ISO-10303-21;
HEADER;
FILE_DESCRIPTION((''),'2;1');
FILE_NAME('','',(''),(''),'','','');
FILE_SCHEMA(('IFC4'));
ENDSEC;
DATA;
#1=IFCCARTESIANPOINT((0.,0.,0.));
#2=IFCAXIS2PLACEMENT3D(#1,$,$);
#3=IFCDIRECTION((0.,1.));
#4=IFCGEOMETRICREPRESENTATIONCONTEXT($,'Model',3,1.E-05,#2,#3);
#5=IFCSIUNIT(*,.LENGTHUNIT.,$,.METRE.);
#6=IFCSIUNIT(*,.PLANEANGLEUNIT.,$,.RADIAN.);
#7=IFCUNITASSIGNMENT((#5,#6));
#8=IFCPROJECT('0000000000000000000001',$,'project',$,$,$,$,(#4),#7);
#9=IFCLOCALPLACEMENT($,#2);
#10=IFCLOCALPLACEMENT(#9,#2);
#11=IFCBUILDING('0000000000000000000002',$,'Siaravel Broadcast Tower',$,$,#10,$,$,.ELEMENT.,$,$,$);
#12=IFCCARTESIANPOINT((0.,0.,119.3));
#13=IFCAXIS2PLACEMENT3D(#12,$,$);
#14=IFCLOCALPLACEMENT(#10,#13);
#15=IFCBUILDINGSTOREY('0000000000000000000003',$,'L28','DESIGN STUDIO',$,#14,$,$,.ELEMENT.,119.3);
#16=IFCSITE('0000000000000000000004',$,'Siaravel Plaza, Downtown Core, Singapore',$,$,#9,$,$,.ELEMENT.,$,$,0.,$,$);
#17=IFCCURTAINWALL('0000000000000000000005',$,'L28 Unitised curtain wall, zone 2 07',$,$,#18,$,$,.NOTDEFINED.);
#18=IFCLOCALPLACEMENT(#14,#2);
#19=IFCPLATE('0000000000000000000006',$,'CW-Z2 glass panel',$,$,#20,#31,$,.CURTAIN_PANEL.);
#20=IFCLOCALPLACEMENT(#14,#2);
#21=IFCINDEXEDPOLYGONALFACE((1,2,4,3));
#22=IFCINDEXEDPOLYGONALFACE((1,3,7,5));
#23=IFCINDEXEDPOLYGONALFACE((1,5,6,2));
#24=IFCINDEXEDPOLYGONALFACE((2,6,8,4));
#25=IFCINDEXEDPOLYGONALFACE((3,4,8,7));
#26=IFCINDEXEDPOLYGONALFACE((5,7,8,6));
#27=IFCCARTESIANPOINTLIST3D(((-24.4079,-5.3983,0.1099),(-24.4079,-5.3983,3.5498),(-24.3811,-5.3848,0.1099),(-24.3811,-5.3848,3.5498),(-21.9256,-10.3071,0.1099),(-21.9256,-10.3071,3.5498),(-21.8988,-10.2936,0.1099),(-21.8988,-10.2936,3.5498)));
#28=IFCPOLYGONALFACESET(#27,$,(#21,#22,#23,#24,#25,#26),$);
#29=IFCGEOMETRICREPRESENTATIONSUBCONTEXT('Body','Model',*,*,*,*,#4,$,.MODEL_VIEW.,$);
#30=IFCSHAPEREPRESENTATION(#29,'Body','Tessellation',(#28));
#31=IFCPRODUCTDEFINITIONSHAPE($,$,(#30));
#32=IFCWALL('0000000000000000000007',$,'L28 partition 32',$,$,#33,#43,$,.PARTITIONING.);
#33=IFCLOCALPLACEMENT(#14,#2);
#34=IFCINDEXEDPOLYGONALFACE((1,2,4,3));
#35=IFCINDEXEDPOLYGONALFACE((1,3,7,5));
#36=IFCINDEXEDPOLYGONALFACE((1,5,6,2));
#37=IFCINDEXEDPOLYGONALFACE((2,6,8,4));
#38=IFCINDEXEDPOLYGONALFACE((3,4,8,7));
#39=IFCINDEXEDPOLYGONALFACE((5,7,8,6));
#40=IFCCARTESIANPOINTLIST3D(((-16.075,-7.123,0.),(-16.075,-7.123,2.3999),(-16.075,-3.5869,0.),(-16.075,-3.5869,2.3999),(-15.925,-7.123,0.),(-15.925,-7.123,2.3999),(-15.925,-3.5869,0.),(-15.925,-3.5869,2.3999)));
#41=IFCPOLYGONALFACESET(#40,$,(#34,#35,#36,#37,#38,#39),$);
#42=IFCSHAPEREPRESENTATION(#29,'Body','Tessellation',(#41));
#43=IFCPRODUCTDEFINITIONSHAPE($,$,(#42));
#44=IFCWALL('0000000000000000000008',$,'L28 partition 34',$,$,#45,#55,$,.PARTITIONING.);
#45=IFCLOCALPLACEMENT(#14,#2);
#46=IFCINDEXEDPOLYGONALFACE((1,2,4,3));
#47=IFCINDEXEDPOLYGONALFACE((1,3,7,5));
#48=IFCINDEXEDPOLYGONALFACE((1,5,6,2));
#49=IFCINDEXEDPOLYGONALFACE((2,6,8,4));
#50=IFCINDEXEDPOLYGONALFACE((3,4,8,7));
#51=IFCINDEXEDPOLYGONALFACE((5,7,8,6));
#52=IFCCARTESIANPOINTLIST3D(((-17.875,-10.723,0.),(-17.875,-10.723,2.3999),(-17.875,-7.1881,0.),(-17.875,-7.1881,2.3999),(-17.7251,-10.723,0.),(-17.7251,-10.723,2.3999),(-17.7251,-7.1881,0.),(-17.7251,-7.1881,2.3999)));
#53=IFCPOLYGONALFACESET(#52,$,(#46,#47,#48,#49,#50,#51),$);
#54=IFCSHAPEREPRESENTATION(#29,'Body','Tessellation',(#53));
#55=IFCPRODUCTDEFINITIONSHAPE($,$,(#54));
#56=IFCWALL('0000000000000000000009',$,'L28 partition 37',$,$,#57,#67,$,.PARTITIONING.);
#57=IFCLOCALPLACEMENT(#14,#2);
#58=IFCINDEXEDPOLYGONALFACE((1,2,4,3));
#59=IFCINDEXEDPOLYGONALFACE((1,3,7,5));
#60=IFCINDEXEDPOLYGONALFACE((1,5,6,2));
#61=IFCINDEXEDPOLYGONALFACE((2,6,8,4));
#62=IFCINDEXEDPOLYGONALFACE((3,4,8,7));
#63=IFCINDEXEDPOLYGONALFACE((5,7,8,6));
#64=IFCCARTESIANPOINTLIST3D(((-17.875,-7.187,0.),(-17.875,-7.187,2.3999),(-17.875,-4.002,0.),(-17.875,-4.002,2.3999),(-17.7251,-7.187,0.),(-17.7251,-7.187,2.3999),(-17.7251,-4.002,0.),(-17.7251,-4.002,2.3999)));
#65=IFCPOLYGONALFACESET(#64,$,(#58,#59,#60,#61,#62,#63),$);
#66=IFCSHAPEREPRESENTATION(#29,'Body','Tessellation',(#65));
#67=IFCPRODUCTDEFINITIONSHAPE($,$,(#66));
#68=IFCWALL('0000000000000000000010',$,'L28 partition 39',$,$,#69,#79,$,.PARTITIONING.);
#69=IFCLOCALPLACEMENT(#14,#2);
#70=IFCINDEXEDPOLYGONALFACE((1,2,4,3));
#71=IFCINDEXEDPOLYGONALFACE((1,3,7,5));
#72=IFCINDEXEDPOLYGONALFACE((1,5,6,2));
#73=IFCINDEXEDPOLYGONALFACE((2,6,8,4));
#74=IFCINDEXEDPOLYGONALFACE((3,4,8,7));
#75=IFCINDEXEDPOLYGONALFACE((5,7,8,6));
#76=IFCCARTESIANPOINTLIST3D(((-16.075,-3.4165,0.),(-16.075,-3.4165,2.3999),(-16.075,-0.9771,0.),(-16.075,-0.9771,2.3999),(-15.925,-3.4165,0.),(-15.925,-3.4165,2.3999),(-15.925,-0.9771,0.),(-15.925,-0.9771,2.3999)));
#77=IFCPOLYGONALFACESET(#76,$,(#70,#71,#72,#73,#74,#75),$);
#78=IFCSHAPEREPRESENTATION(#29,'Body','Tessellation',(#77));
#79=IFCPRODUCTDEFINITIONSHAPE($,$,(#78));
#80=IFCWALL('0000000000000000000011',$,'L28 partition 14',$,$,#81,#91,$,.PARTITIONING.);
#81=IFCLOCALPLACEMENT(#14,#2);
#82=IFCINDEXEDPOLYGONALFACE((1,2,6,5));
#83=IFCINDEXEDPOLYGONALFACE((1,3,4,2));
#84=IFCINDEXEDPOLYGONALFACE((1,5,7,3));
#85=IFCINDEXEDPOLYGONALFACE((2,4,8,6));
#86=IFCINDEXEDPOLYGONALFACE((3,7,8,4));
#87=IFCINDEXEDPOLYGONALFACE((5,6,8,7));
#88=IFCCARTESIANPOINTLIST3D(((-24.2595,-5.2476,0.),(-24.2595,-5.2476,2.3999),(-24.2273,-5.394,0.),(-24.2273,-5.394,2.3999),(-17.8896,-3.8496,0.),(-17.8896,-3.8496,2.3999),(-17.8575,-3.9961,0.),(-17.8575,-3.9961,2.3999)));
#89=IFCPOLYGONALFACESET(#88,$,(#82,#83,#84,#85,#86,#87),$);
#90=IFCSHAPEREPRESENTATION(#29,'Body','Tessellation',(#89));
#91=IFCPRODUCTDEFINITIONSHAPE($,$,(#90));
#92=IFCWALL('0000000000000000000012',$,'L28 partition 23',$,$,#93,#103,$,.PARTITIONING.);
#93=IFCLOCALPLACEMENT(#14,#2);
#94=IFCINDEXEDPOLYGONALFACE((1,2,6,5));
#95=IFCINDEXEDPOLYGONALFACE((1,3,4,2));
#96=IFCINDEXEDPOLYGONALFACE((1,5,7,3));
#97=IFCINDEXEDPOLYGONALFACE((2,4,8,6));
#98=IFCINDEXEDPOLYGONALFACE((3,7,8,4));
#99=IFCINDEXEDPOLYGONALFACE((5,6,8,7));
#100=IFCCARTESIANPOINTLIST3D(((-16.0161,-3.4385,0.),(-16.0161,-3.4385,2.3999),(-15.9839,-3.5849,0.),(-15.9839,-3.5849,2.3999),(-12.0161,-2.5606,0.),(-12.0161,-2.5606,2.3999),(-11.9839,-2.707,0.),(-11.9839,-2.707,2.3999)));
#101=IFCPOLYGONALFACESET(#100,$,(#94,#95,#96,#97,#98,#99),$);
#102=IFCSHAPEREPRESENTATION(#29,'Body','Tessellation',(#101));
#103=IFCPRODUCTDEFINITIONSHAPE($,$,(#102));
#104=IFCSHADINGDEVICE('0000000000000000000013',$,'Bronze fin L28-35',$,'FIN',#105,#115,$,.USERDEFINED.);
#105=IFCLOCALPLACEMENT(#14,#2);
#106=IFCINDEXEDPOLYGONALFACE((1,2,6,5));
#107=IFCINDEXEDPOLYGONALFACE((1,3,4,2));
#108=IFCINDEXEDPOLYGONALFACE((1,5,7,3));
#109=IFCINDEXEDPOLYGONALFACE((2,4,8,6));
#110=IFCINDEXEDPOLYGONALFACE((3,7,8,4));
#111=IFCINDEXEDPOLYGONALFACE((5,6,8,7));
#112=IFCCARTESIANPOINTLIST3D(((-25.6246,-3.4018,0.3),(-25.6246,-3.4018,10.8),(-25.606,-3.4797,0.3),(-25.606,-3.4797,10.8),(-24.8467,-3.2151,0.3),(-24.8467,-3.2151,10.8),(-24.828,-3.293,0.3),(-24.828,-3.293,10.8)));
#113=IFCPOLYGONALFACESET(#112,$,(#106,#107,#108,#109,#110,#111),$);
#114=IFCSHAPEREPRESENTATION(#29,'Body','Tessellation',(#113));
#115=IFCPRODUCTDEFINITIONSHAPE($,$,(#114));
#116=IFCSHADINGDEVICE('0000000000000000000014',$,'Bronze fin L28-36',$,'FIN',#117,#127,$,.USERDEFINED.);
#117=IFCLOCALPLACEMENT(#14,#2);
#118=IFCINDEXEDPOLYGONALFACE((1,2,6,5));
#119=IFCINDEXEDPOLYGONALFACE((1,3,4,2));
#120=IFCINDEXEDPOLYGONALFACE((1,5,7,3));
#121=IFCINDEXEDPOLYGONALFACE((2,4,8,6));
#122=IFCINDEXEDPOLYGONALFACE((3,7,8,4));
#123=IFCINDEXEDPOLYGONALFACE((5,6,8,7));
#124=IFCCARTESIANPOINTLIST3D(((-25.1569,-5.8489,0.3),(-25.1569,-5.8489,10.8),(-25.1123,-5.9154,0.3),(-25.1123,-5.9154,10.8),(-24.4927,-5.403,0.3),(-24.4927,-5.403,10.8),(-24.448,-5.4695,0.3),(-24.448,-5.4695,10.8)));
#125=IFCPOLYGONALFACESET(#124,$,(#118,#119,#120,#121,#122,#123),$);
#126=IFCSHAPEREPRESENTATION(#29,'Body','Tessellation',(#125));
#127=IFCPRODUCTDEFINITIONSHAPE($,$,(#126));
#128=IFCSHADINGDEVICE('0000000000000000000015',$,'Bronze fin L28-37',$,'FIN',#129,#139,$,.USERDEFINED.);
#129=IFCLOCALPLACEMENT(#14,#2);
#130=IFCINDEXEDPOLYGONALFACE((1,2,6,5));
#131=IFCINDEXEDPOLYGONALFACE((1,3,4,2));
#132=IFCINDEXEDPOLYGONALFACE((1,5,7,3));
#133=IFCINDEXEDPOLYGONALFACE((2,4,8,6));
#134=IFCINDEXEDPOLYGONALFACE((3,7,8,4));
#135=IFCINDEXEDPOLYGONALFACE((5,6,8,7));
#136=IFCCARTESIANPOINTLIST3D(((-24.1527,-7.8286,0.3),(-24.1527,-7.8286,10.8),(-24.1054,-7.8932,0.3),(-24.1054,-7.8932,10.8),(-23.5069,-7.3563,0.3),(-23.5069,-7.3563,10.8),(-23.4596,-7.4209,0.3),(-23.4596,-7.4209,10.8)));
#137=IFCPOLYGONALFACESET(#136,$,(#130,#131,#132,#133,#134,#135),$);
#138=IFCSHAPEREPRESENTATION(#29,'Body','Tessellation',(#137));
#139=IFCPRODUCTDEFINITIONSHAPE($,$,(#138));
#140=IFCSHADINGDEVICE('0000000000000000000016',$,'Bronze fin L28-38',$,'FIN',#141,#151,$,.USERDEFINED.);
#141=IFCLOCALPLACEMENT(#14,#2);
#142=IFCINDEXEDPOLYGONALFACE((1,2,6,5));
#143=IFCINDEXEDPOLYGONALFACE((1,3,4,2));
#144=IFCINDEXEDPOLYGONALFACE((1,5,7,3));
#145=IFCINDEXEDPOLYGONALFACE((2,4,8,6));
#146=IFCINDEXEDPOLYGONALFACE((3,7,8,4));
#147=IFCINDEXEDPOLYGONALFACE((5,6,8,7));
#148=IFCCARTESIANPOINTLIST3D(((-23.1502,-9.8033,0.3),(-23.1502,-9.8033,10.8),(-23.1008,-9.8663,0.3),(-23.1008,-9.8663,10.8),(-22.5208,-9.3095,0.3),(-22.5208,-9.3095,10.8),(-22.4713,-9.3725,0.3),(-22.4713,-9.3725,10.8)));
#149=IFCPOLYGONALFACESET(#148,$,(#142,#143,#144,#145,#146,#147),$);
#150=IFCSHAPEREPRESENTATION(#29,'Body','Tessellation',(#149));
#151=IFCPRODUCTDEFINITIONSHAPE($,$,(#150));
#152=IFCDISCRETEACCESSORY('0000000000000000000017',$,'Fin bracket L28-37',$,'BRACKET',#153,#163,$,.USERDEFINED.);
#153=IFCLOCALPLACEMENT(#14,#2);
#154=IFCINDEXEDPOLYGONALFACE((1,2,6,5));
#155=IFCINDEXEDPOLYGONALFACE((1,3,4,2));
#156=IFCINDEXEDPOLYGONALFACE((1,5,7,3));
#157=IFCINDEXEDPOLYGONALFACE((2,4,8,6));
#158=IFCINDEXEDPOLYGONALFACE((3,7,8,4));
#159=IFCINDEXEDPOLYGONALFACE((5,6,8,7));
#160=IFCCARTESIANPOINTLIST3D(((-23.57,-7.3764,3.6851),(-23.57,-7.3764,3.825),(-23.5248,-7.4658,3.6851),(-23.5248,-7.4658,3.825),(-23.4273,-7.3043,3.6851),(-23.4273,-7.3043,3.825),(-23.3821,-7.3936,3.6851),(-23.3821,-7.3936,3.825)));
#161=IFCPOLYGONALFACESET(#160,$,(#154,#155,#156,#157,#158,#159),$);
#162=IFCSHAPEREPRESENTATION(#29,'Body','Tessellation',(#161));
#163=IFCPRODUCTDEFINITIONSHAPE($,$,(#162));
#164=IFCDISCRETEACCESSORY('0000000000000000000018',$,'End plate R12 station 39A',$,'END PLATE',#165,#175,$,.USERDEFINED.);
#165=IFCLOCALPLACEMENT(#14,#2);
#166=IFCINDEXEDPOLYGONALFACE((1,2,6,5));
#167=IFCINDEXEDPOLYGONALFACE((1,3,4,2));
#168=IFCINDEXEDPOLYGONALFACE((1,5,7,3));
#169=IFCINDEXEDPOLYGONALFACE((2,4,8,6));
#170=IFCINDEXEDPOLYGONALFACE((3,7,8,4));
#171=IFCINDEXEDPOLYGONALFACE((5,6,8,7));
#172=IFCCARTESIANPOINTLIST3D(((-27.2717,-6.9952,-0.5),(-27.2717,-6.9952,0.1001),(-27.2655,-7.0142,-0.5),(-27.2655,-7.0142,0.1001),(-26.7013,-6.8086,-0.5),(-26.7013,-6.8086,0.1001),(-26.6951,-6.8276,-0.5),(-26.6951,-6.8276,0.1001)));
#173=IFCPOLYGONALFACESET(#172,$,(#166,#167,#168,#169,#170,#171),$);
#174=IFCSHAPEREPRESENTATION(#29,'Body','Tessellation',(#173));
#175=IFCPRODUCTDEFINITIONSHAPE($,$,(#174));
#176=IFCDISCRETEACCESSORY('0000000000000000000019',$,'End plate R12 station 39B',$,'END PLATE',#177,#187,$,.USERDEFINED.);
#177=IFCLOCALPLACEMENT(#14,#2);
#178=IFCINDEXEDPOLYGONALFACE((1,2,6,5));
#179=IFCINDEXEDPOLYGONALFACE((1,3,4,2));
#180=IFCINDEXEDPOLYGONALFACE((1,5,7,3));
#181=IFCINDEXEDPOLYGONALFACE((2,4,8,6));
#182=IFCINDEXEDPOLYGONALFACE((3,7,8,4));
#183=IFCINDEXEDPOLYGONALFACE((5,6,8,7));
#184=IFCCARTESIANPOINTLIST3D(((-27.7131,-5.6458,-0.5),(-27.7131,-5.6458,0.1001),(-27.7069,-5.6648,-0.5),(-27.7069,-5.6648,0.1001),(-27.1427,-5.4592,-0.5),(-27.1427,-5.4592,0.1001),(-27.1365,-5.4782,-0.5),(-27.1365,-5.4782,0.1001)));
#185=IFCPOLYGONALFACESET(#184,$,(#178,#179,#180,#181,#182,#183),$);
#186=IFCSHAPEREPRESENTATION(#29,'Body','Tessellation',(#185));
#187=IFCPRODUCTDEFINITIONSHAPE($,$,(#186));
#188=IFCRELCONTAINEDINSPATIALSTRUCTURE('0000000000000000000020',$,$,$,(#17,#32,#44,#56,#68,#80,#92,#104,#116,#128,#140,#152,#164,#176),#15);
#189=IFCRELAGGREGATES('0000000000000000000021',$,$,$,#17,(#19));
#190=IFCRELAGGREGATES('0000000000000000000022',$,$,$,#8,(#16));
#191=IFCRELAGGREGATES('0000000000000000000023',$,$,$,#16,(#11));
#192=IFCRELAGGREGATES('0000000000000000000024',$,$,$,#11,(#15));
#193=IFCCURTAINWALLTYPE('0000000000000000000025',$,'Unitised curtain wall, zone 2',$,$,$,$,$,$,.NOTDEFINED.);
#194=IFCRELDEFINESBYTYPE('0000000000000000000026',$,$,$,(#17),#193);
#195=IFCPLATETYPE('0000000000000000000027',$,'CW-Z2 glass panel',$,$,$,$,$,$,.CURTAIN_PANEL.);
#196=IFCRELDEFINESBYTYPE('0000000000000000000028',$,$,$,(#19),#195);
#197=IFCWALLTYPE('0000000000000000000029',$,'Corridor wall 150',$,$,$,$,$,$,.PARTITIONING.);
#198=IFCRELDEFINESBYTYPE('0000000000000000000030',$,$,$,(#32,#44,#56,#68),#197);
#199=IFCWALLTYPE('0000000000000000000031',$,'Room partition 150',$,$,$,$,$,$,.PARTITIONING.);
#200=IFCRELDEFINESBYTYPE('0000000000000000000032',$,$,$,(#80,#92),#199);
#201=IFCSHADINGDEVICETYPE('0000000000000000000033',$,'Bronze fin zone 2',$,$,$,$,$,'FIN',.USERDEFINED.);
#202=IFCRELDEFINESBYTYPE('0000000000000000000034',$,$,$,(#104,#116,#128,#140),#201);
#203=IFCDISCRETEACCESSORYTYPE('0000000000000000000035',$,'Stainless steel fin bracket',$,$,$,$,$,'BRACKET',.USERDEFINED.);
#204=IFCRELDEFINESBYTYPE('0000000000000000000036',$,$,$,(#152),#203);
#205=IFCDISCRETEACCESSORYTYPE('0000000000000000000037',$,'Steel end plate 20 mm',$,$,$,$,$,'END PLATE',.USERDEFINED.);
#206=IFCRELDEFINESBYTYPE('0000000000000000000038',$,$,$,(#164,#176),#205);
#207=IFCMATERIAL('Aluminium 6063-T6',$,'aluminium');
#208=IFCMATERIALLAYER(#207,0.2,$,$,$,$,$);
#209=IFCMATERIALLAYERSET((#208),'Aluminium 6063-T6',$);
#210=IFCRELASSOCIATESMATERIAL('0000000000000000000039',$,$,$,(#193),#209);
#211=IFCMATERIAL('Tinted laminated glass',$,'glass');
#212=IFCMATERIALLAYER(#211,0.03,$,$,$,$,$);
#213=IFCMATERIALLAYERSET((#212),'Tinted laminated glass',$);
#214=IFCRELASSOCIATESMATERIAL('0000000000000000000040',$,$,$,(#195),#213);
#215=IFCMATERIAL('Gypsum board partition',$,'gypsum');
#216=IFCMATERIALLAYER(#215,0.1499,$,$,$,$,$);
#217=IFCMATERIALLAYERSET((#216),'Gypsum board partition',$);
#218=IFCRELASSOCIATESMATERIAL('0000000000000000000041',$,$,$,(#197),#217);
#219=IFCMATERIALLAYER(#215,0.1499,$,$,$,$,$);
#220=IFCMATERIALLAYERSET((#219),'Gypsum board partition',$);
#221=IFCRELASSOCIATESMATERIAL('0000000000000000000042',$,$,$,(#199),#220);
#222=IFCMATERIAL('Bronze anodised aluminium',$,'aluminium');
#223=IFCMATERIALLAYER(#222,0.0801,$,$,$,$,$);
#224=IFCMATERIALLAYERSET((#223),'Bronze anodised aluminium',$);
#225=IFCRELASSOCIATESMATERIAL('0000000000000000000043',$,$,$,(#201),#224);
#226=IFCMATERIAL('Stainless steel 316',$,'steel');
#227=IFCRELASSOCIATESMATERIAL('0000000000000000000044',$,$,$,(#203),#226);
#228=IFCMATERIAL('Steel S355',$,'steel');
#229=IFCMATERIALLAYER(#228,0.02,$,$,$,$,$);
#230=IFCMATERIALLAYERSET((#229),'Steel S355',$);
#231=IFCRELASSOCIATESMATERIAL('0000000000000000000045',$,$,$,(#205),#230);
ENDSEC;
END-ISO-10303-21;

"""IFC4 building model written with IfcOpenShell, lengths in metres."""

from ifc_helpers import new_model, si_unit, direction, frame, frame_2d, origin, origin_2d, place, context, subcontext, project, spatial, rectangle, extrude, material, layer, layer_set, type_object, element, aggregate, save


model = new_model("IFC4")

# Units and contexts
model_context = context("Model", 3, precision=1e-05, world=origin(), true_north=direction((0.0, 1.0)))
body_context = subcontext(model_context, "Body", "Model", "MODEL_VIEW")
ifc_project = project(units=[si_unit("LENGTHUNIT", "METRE"), si_unit("PLANEANGLEUNIT", "RADIAN")], contexts=[model_context])

# Site, building, storey
site_placement = place(None, origin())
site = spatial("IfcSite", under=ifc_project, at=site_placement, Name="Siaravel Plaza, Downtown Core, Singapore", CompositionType="ELEMENT", RefElevation=0.0)
building_placement = place(site_placement, origin())
building = spatial("IfcBuilding", under=site, at=building_placement, Name="Siaravel Broadcast Tower", CompositionType="ELEMENT")
storey_placement = place(building_placement, frame((0.0, 0.0, 119.3)))
storey = spatial("IfcBuildingStorey", under=building, at=storey_placement, Name="L28", Description="DESIGN STUDIO", CompositionType="ELEMENT", Elevation=119.3)

# Shared definitions
ifc_material_1 = material(Name="Steel S355", Category="steel")

# Curtain wall
ifc_material_2 = material(Name="Aluminium 6063-T6", Category="aluminium")
ifc_layer_1 = layer(ifc_material_2, 0.2)
ifc_layer_set_1 = layer_set([ifc_layer_1], Name="Aluminium 6063-T6")
curtain_wall_type = type_object("IfcCurtainWallType", Name="Unitised curtain wall, zone 2", PredefinedType="NOTDEFINED", material=ifc_layer_set_1)
curtain_wall_placement = place(storey_placement, origin())
curtain_wall = element("IfcCurtainWall", 1, at=curtain_wall_placement, inside=storey, type_object=curtain_wall_type, Name="L28 Unitised curtain wall, zone 2 07", PredefinedType="NOTDEFINED")

# Plate
ifc_material_3 = material(Name="Tinted laminated glass", Category="glass")
ifc_layer_2 = layer(ifc_material_3, 0.03)
ifc_layer_set_2 = layer_set([ifc_layer_2], Name="Tinted laminated glass")
plate_type = type_object("IfcPlateType", Name="CW-Z2 glass panel", PredefinedType="CURTAIN_PANEL", material=ifc_layer_set_2)
plate_1_placement = place(storey_placement, frame((-23.1533, -7.8459, 0.1099), z_axis=(0.0, 0.0, 1.0), x_axis=(0.451261, -0.892392, 0.0)))
plate_1 = element("IfcPlate", 2, at=plate_1_placement, type_object=plate_type, Name="CW-Z2 glass panel", PredefinedType="CURTAIN_PANEL", context=body_context, shape_type="SweptSolid", body=[
    extrude(rectangle(XDim=5.5007, YDim=0.03, at=origin_2d()), origin(), (0.0, 0.0, 1.0), 3.4399),
])
aggregate(curtain_wall, [plate_1])

# Walls
ifc_material_4 = material(Name="Gypsum board partition", Category="gypsum")
ifc_layer_3 = layer(ifc_material_4, 0.1499)
ifc_layer_set_3 = layer_set([ifc_layer_3], Name="Gypsum board partition")
wall_type_1 = type_object("IfcWallType", Name="Corridor wall 150", PredefinedType="PARTITIONING", material=ifc_layer_set_3)
wall_1_placement = place(storey_placement, frame((-16.0, -7.123, 0.0), z_axis=(0.0, 0.0, 1.0), x_axis=(0.0, 1.0, 0.0)))
element("IfcWall", 3, at=wall_1_placement, inside=storey, type_object=wall_type_1, Name="L28 partition 32", PredefinedType="PARTITIONING", context=body_context, shape_type="SweptSolid", body=[
    extrude(rectangle(XDim=3.5361, YDim=0.1499, at=frame_2d((1.7681, 0.0))), origin(), (0.0, 0.0, 1.0), 2.3999),
])
wall_2_placement = place(storey_placement, frame((-17.8, -7.188, 0.0), z_axis=(0.0, 0.0, 1.0), x_axis=(0.0, -1.0, 0.0)))
element("IfcWall", 4, at=wall_2_placement, inside=storey, type_object=wall_type_1, Name="L28 partition 34", PredefinedType="PARTITIONING", context=body_context, shape_type="SweptSolid", body=[
    extrude(rectangle(XDim=3.5349, YDim=0.1499, at=frame_2d((1.7676, 0.0))), origin(), (0.0, 0.0, 1.0), 2.3999),
])
wall_3_placement = place(storey_placement, frame((-17.8, -4.002, 0.0), z_axis=(0.0, 0.0, 1.0), x_axis=(0.0, -1.0, 0.0)))
element("IfcWall", 5, at=wall_3_placement, inside=storey, type_object=wall_type_1, Name="L28 partition 37", PredefinedType="PARTITIONING", context=body_context, shape_type="SweptSolid", body=[
    extrude(rectangle(XDim=3.1851, YDim=0.1499, at=frame_2d((1.5925, 0.0))), origin(), (0.0, 0.0, 1.0), 2.3999),
])
wall_4_placement = place(storey_placement, frame((-16.0, -3.4165, 0.0), z_axis=(0.0, 0.0, 1.0), x_axis=(0.0, 1.0, 0.0)))
element("IfcWall", 6, at=wall_4_placement, inside=storey, type_object=wall_type_1, Name="L28 partition 39", PredefinedType="PARTITIONING", context=body_context, shape_type="SweptSolid", body=[
    extrude(rectangle(XDim=2.4395, YDim=0.1499, at=frame_2d((1.2197, 0.0))), origin(), (0.0, 0.0, 1.0), 2.3999),
])
ifc_layer_4 = layer(ifc_material_4, 0.1499)
ifc_layer_set_4 = layer_set([ifc_layer_4], Name="Gypsum board partition")
wall_type_2 = type_object("IfcWallType", Name="Room partition 150", PredefinedType="PARTITIONING", material=ifc_layer_set_4)
wall_5_placement = place(storey_placement, frame((-24.2434, -5.3208, 0.0), z_axis=(0.0, 0.0, 1.0), x_axis=(0.976754, 0.214361, 0.0)))
element("IfcWall", 7, at=wall_5_placement, inside=storey, type_object=wall_type_2, Name="L28 partition 14", PredefinedType="PARTITIONING", context=body_context, shape_type="SweptSolid", body=[
    extrude(rectangle(XDim=6.5215, YDim=0.1499, at=frame_2d((3.2607, 0.0))), origin(), (0.0, 0.0, 1.0), 2.3999),
])
wall_6_placement = place(storey_placement, frame((-16.0, -3.5117, 0.0), z_axis=(0.0, 0.0, 1.0), x_axis=(0.97675, 0.21438, 0.0)))
element("IfcWall", 8, at=wall_6_placement, inside=storey, type_object=wall_type_2, Name="L28 partition 23", PredefinedType="PARTITIONING", context=body_context, shape_type="SweptSolid", body=[
    extrude(rectangle(XDim=4.0952, YDim=0.1499, at=frame_2d((2.0476, 0.0))), origin(), (0.0, 0.0, 1.0), 2.3999),
])

# Shading devices
ifc_material_5 = material(Name="Bronze anodised aluminium", Category="aluminium")
ifc_layer_5 = layer(ifc_material_5, 0.0801)
ifc_layer_set_5 = layer_set([ifc_layer_5], Name="Bronze anodised aluminium")
shading_device_type = type_object("IfcShadingDeviceType", Name="Bronze fin zone 2", ElementType="FIN", PredefinedType="USERDEFINED", material=ifc_layer_set_5)
for number, where, z_axis, x_axis, name in (
    (9, (-25.2263, -3.3474, 0.3), (0.0, 0.0, 1.0), (-0.972394, -0.233345, 0.0), "Bronze fin L28-35"),
    (10, (-24.8025, -5.6592, 0.3), (0.0, 0.0, 1.0), (-0.830273, -0.557357, 0.0), "Bronze fin L28-36"),
    (11, (-23.8062, -7.6248, 0.3), (0.0, 0.0, 1.0), (-0.807138, -0.590363, 0.0), "Bronze fin L28-37"),
    (12, (-22.8108, -9.5879, 0.3), (0.0, 0.0, 1.0), (-0.78681, -0.617195, 0.0), "Bronze fin L28-38"),
):
    element("IfcShadingDevice", number, at=place(storey_placement, frame(where, z_axis=z_axis, x_axis=x_axis)), inside=storey, type_object=shading_device_type, Name=name, ObjectType="FIN", PredefinedType="USERDEFINED", context=body_context, shape_type="SweptSolid", body=[
        extrude(rectangle(XDim=0.8, YDim=0.0801, at=origin_2d()), origin(), (0.0, 0.0, 1.0), 10.5),
    ])

# Discrete accessories
ifc_material_6 = material(Name="Stainless steel 316", Category="steel")
discrete_accessory_type_1 = type_object("IfcDiscreteAccessoryType", Name="Stainless steel fin bracket", ElementType="BRACKET", PredefinedType="USERDEFINED", material=ifc_material_6)
discrete_accessory_placement = place(storey_placement, frame((-23.4761, -7.385, 3.6851), z_axis=(0.0, 0.0, 1.0), x_axis=(-0.892392, -0.451261, 0.0)))
element("IfcDiscreteAccessory", 13, at=discrete_accessory_placement, inside=storey, type_object=discrete_accessory_type_1, Name="Fin bracket L28-37", ObjectType="BRACKET", PredefinedType="USERDEFINED", context=body_context, shape_type="SweptSolid", body=[
    extrude(rectangle(XDim=0.1599, YDim=0.1001, at=origin_2d()), origin(), (0.0, 0.0, 1.0), 0.1399),
])
ifc_layer_6 = layer(ifc_material_1, 0.02)
ifc_layer_set_6 = layer_set([ifc_layer_6], Name="Steel S355")
discrete_accessory_type_2 = type_object("IfcDiscreteAccessoryType", Name="Steel end plate 20 mm", ElementType="END PLATE", PredefinedType="USERDEFINED", material=ifc_layer_set_6)
for number, where, z_axis, x_axis, name in (
    (14, (-26.9834, -6.9114, -0.5), (0.0, 0.0, 1.0), (0.310909, -0.95044, 0.0), "End plate R12 station 39A"),
    (15, (-27.4248, -5.562, -0.5), (0.0, 0.0, 1.0), (0.310909, -0.95044, 0.0), "End plate R12 station 39B"),
):
    element("IfcDiscreteAccessory", number, at=place(storey_placement, frame(where, z_axis=z_axis, x_axis=x_axis)), inside=storey, type_object=discrete_accessory_type_2, Name=name, ObjectType="END PLATE", PredefinedType="USERDEFINED", context=body_context, shape_type="SweptSolid", body=[
        extrude(rectangle(XDim=0.02, YDim=0.6001, at=origin_2d()), origin(), (0.0, 0.0, 1.0), 0.6001),
    ])

save(model, "model.ifc")
